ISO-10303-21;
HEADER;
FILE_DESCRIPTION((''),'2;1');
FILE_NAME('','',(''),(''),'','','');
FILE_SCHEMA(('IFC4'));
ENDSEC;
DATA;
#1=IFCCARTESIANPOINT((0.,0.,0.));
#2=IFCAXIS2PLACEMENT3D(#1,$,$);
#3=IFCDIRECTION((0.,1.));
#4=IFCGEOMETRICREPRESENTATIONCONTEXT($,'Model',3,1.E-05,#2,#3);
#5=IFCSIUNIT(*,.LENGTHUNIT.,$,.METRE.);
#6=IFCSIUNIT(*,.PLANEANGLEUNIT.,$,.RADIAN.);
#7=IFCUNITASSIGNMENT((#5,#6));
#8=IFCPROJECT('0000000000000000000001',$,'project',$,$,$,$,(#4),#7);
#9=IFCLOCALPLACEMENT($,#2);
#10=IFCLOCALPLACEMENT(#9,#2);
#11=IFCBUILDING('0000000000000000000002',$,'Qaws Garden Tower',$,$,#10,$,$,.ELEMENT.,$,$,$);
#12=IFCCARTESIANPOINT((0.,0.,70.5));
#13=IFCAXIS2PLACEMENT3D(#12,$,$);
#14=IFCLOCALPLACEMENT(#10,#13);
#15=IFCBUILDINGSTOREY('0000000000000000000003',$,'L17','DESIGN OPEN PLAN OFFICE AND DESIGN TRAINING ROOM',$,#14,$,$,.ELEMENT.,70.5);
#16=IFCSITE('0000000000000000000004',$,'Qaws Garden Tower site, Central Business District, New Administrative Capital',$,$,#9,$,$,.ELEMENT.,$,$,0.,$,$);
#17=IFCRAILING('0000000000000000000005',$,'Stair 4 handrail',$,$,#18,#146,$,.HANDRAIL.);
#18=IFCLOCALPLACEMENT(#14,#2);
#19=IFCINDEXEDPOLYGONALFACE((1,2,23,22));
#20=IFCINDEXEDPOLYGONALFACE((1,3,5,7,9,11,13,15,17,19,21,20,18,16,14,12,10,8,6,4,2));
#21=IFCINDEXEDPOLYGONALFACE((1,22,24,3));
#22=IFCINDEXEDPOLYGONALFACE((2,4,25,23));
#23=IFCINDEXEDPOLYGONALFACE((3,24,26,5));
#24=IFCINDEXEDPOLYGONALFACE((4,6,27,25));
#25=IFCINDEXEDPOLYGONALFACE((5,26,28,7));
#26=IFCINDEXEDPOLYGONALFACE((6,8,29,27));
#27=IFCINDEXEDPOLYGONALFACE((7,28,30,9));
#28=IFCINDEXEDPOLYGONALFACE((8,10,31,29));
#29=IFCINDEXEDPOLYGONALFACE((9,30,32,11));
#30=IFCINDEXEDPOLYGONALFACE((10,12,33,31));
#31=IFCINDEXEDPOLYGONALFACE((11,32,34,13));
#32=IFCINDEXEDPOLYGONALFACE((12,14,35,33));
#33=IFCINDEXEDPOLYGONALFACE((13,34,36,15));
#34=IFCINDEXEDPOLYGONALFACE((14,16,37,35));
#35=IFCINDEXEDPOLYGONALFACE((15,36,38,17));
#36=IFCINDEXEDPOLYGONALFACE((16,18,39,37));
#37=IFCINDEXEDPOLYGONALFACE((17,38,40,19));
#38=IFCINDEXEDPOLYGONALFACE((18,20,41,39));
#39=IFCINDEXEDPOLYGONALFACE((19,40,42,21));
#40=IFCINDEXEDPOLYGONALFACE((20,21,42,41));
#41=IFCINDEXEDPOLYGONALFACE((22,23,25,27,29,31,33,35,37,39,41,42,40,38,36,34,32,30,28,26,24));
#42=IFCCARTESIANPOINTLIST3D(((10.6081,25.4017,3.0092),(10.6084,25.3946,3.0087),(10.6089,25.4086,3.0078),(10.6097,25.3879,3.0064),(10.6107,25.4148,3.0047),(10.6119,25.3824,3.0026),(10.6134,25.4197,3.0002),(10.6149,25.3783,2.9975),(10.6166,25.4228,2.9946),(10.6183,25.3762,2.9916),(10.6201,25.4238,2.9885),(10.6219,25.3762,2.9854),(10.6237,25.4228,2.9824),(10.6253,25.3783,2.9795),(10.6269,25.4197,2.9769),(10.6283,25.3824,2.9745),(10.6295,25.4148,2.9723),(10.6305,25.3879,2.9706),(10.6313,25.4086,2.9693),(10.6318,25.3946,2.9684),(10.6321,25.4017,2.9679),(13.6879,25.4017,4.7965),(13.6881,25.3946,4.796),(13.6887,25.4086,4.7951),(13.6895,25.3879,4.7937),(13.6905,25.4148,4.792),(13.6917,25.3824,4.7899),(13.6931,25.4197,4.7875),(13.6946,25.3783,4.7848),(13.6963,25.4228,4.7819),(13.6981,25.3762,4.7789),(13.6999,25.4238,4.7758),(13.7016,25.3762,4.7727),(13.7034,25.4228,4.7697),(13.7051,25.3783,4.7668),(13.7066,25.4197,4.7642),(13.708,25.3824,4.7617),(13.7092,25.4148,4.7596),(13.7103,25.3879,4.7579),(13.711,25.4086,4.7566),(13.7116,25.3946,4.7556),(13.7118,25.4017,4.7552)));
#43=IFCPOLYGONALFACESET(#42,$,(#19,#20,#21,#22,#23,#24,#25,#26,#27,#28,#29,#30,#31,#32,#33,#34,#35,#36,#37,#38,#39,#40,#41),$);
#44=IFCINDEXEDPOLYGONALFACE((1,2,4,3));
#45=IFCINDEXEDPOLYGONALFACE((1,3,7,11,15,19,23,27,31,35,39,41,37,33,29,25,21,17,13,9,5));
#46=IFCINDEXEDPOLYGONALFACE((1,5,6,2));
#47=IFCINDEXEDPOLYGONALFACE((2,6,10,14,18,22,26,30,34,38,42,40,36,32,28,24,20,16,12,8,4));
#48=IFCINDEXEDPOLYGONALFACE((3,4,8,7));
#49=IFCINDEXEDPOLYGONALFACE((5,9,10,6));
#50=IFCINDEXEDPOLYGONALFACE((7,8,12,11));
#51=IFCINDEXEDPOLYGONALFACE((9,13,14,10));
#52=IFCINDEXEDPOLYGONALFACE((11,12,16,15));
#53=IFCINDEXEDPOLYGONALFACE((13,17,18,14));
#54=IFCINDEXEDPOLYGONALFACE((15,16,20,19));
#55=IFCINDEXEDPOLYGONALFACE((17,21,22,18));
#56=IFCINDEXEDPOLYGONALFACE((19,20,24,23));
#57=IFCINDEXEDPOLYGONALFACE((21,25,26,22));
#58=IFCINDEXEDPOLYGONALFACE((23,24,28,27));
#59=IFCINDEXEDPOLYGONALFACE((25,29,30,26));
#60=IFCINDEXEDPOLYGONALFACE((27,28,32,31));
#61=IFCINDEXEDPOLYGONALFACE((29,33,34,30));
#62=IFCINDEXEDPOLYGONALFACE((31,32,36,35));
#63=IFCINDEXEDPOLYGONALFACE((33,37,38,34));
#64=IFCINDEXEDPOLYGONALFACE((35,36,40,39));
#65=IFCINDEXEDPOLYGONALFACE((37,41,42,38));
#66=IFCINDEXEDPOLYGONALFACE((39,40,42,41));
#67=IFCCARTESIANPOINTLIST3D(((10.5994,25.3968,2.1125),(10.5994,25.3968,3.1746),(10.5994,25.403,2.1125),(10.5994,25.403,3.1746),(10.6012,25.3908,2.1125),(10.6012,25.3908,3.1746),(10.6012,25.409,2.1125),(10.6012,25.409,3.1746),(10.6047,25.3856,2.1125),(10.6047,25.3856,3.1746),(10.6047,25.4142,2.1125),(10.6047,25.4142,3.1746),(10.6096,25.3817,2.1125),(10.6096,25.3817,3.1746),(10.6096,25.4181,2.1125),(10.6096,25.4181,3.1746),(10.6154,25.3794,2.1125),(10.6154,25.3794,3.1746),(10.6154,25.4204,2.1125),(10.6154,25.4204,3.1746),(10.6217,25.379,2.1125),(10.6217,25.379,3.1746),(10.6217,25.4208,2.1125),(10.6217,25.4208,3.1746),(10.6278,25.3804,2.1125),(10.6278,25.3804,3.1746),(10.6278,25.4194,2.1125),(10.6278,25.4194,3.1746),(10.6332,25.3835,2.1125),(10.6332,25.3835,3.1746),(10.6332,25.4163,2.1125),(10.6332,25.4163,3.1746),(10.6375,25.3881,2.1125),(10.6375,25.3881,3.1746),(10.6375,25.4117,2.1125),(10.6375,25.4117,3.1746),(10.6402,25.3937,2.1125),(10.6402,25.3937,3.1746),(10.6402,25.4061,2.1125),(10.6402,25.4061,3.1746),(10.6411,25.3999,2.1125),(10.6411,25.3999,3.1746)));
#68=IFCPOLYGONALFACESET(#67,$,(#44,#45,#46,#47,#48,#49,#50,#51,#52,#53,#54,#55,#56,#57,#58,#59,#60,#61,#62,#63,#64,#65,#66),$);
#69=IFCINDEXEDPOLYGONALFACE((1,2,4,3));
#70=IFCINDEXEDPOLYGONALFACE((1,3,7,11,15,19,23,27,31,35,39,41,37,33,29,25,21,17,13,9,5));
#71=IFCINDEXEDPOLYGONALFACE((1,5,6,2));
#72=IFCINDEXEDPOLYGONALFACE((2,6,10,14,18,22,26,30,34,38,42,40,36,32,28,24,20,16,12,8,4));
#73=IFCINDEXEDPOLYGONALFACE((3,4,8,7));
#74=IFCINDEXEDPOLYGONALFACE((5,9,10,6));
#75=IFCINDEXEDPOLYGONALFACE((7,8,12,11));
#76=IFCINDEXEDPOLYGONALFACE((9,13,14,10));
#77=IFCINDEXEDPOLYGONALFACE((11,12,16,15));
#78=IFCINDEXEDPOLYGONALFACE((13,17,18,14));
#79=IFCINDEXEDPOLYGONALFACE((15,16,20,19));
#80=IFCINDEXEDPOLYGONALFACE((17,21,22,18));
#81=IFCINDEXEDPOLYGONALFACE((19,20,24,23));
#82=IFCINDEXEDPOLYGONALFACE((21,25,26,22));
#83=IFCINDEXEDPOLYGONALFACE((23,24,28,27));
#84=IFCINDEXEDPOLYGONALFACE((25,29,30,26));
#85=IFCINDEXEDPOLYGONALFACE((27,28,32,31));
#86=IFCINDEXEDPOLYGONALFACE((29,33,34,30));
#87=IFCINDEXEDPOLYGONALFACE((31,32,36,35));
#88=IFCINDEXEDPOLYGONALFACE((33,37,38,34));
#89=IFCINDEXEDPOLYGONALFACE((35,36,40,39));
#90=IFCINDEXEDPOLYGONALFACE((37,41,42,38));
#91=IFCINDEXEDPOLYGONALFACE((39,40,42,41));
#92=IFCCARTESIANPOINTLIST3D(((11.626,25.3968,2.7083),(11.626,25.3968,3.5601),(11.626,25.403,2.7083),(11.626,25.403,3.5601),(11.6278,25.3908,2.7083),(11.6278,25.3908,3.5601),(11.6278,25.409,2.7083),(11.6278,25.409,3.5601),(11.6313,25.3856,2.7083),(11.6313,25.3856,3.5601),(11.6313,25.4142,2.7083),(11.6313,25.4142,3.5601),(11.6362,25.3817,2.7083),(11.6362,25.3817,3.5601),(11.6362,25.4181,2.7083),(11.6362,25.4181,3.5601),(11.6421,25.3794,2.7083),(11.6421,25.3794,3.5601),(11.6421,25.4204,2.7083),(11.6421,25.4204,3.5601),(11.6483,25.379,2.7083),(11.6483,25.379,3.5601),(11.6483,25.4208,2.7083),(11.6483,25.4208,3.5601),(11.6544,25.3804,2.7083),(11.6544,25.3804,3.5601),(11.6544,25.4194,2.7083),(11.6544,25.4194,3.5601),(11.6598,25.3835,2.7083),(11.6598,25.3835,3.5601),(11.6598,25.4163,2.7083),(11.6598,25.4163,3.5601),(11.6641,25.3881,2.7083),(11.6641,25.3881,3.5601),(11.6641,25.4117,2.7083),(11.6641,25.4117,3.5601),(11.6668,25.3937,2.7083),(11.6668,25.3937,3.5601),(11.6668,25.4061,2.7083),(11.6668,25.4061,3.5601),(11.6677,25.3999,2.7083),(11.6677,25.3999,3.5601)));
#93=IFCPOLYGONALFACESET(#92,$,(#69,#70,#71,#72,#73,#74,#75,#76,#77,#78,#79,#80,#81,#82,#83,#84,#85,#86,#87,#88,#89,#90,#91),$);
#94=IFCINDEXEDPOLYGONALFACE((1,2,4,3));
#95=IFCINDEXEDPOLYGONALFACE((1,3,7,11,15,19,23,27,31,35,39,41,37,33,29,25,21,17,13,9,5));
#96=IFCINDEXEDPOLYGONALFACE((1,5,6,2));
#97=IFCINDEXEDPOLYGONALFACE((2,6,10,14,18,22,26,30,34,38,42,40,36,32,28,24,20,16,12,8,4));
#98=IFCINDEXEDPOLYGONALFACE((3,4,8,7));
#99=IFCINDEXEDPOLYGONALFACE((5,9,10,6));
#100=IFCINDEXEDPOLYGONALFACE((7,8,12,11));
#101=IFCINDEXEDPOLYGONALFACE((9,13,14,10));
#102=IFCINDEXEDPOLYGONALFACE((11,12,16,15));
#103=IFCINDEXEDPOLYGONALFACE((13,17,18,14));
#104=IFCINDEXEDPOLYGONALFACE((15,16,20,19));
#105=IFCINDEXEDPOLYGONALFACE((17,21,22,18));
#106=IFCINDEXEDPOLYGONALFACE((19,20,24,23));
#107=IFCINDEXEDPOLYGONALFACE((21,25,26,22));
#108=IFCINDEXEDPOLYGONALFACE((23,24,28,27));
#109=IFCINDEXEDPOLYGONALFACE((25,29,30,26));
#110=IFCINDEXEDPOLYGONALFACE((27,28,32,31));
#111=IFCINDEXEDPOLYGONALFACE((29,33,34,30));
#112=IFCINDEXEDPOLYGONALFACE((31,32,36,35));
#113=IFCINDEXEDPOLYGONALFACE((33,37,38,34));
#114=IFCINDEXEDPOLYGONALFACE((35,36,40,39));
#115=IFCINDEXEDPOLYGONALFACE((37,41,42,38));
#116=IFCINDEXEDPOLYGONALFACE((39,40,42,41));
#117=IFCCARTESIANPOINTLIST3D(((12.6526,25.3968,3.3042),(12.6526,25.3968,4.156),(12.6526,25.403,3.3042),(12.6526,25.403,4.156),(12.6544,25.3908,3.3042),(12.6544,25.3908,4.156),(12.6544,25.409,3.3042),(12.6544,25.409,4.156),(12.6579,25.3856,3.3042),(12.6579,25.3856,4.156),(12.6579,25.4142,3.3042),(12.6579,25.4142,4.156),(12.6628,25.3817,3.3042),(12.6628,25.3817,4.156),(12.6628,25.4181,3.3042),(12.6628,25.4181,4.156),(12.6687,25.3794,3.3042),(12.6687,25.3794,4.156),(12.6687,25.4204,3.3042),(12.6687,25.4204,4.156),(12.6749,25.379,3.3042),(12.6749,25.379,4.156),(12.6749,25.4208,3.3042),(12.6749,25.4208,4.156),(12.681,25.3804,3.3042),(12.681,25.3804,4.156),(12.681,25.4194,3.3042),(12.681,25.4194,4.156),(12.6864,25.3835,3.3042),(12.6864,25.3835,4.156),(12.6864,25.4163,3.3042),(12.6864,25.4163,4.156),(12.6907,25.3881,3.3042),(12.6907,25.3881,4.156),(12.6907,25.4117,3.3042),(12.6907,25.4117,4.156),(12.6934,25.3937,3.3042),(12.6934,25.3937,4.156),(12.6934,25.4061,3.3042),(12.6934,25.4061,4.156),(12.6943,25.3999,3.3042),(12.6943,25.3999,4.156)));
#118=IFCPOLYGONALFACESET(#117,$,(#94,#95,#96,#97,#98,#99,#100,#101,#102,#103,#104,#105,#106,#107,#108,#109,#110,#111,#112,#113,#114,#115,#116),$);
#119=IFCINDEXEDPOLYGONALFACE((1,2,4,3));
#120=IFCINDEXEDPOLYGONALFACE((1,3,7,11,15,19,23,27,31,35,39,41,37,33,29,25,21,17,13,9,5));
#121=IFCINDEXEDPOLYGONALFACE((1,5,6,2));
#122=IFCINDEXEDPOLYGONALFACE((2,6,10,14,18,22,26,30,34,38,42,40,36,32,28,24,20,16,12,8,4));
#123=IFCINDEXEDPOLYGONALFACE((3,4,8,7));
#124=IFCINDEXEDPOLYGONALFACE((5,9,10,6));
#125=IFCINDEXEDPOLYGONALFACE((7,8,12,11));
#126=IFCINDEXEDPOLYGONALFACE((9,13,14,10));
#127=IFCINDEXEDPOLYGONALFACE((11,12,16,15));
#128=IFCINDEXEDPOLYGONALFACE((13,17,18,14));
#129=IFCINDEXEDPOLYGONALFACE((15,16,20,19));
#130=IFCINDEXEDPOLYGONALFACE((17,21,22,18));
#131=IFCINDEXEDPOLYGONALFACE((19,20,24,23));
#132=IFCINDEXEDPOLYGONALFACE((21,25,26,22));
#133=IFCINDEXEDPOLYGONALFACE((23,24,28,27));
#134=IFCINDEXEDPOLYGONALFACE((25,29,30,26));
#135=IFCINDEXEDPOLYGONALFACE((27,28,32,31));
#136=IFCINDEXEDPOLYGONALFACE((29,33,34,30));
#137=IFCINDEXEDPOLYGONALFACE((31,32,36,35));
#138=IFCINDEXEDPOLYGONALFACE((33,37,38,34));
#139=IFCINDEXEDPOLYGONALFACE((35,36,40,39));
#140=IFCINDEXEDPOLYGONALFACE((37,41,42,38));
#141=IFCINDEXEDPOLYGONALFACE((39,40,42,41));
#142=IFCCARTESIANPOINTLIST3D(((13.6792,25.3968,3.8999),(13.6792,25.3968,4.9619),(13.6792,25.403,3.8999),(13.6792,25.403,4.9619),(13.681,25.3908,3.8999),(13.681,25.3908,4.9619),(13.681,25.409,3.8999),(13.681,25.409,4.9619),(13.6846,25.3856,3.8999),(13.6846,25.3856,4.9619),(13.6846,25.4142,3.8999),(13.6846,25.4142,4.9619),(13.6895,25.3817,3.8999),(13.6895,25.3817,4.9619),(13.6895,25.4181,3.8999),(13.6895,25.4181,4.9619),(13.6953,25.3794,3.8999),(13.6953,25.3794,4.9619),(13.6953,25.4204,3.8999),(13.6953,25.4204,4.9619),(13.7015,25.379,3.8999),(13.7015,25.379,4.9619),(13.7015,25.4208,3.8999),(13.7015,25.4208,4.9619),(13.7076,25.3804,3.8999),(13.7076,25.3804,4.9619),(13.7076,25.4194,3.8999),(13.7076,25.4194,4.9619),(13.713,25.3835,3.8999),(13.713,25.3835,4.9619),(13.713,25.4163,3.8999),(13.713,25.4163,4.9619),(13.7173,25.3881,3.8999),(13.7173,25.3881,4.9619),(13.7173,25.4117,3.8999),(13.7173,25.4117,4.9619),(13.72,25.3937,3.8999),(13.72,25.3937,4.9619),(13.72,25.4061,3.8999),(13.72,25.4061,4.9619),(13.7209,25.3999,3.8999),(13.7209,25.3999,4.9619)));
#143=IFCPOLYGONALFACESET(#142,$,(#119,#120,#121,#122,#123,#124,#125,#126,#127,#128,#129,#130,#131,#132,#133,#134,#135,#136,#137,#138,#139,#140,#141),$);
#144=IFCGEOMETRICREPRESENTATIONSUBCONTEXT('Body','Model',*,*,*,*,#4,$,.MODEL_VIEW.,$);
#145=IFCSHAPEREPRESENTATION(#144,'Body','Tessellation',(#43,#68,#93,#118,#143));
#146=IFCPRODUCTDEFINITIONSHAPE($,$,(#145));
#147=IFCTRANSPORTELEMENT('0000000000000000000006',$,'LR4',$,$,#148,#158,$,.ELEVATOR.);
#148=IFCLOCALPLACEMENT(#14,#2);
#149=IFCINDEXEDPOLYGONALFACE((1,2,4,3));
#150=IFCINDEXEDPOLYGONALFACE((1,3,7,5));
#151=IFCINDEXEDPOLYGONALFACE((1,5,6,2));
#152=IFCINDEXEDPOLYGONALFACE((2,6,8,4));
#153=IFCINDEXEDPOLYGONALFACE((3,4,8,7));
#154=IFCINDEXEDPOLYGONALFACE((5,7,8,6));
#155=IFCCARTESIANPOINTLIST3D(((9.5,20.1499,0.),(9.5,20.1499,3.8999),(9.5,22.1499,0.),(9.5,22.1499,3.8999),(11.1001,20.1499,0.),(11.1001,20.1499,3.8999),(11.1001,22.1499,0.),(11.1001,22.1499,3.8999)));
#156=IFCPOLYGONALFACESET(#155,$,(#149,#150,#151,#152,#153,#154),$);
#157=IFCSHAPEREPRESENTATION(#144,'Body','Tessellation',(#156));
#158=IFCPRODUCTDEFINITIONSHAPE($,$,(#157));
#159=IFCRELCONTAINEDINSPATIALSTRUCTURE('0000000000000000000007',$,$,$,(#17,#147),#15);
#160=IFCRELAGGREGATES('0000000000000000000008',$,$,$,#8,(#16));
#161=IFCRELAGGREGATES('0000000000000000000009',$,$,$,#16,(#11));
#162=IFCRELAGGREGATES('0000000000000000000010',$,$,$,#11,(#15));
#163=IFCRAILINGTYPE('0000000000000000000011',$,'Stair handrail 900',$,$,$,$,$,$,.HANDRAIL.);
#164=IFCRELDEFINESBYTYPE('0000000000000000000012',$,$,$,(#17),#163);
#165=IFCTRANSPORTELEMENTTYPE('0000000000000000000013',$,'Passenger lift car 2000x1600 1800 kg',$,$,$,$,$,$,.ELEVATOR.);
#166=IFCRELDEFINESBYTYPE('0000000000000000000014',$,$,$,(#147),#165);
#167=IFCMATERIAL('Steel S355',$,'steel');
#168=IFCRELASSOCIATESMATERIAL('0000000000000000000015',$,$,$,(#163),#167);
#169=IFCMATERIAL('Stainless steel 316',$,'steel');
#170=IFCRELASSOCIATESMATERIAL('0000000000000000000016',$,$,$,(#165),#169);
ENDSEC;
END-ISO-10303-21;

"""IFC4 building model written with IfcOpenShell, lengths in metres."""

from ifc_helpers import new_model, si_unit, direction, frame, origin, origin_2d, place, context, subcontext, project, spatial, rectangle, circle, extrude, material, type_object, element, save


model = new_model("IFC4")

# Units and contexts
model_context = context("Model", 3, precision=1e-05, world=origin(), true_north=direction((0.0, 1.0)))
body_context = subcontext(model_context, "Body", "Model", "MODEL_VIEW")
ifc_project = project(units=[si_unit("LENGTHUNIT", "METRE"), si_unit("PLANEANGLEUNIT", "RADIAN")], contexts=[model_context])

# Site, building, storey
site_placement = place(None, origin())
site = spatial("IfcSite", under=ifc_project, at=site_placement, Name="Qaws Garden Tower site, Central Business District, New Administrative Capital", CompositionType="ELEMENT", RefElevation=0.0)
building_placement = place(site_placement, origin())
building = spatial("IfcBuilding", under=site, at=building_placement, Name="Qaws Garden Tower", CompositionType="ELEMENT")
storey_placement = place(building_placement, frame((0.0, 0.0, 70.5)))
storey = spatial("IfcBuildingStorey", under=building, at=storey_placement, Name="L17", Description="DESIGN OPEN PLAN OFFICE AND DESIGN TRAINING ROOM", CompositionType="ELEMENT", Elevation=70.5)

# Railing
ifc_material_1 = material(Name="Steel S355", Category="steel")
railing_type = type_object("IfcRailingType", Name="Stair handrail 900", PredefinedType="HANDRAIL", material=ifc_material_1)
railing_1_placement = place(storey_placement, frame((10.6201, 25.3999, 2.1125)))
element("IfcRailing", 1, at=railing_1_placement, inside=storey, type_object=railing_type, Name="Stair 4 handrail", PredefinedType="HANDRAIL", context=body_context, shape_type="SweptSolid", body=[
    extrude(circle(Radius=0.0239, at=origin_2d()), frame((0.0, 0.0, 0.876), z_axis=(0.864903, 0.0, 0.501939), x_axis=(0.0, 1.0, 0.0)), (0.0, 0.0, 1.0), 3.5608),
    extrude(circle(Radius=0.021, at=origin_2d()), origin(), (0.0, 0.0, 1.0), 1.062),
    extrude(circle(Radius=0.021, at=origin_2d()), frame((1.0266, 0.0, 0.5957)), (0.0, 0.0, 1.0), 0.8518),
    extrude(circle(Radius=0.021, at=origin_2d()), frame((2.0532, 0.0, 1.1917)), (0.0, 0.0, 1.0), 0.8518),
    extrude(circle(Radius=0.021, at=origin_2d()), frame((3.0798, 0.0, 1.7874)), (0.0, 0.0, 1.0), 1.062),
])

# Transport element
ifc_material_2 = material(Name="Stainless steel 316", Category="steel")
transport_element_type = type_object("IfcTransportElementType", Name="Passenger lift car 2000x1600 1800 kg", PredefinedType="ELEVATOR", material=ifc_material_2)
transport_element_placement = place(storey_placement, frame((10.3, 21.1499, 0.0), z_axis=(0.0, 0.0, 1.0), x_axis=(1.0, 0.0, 0.0)))
element("IfcTransportElement", 2, at=transport_element_placement, inside=storey, type_object=transport_element_type, Name="LR4", PredefinedType="ELEVATOR", context=body_context, shape_type="SweptSolid", body=[
    extrude(rectangle(XDim=1.6001, YDim=2.0, at=origin_2d()), origin(), (0.0, 0.0, 1.0), 3.8999),
])

save(model, "model.ifc")
